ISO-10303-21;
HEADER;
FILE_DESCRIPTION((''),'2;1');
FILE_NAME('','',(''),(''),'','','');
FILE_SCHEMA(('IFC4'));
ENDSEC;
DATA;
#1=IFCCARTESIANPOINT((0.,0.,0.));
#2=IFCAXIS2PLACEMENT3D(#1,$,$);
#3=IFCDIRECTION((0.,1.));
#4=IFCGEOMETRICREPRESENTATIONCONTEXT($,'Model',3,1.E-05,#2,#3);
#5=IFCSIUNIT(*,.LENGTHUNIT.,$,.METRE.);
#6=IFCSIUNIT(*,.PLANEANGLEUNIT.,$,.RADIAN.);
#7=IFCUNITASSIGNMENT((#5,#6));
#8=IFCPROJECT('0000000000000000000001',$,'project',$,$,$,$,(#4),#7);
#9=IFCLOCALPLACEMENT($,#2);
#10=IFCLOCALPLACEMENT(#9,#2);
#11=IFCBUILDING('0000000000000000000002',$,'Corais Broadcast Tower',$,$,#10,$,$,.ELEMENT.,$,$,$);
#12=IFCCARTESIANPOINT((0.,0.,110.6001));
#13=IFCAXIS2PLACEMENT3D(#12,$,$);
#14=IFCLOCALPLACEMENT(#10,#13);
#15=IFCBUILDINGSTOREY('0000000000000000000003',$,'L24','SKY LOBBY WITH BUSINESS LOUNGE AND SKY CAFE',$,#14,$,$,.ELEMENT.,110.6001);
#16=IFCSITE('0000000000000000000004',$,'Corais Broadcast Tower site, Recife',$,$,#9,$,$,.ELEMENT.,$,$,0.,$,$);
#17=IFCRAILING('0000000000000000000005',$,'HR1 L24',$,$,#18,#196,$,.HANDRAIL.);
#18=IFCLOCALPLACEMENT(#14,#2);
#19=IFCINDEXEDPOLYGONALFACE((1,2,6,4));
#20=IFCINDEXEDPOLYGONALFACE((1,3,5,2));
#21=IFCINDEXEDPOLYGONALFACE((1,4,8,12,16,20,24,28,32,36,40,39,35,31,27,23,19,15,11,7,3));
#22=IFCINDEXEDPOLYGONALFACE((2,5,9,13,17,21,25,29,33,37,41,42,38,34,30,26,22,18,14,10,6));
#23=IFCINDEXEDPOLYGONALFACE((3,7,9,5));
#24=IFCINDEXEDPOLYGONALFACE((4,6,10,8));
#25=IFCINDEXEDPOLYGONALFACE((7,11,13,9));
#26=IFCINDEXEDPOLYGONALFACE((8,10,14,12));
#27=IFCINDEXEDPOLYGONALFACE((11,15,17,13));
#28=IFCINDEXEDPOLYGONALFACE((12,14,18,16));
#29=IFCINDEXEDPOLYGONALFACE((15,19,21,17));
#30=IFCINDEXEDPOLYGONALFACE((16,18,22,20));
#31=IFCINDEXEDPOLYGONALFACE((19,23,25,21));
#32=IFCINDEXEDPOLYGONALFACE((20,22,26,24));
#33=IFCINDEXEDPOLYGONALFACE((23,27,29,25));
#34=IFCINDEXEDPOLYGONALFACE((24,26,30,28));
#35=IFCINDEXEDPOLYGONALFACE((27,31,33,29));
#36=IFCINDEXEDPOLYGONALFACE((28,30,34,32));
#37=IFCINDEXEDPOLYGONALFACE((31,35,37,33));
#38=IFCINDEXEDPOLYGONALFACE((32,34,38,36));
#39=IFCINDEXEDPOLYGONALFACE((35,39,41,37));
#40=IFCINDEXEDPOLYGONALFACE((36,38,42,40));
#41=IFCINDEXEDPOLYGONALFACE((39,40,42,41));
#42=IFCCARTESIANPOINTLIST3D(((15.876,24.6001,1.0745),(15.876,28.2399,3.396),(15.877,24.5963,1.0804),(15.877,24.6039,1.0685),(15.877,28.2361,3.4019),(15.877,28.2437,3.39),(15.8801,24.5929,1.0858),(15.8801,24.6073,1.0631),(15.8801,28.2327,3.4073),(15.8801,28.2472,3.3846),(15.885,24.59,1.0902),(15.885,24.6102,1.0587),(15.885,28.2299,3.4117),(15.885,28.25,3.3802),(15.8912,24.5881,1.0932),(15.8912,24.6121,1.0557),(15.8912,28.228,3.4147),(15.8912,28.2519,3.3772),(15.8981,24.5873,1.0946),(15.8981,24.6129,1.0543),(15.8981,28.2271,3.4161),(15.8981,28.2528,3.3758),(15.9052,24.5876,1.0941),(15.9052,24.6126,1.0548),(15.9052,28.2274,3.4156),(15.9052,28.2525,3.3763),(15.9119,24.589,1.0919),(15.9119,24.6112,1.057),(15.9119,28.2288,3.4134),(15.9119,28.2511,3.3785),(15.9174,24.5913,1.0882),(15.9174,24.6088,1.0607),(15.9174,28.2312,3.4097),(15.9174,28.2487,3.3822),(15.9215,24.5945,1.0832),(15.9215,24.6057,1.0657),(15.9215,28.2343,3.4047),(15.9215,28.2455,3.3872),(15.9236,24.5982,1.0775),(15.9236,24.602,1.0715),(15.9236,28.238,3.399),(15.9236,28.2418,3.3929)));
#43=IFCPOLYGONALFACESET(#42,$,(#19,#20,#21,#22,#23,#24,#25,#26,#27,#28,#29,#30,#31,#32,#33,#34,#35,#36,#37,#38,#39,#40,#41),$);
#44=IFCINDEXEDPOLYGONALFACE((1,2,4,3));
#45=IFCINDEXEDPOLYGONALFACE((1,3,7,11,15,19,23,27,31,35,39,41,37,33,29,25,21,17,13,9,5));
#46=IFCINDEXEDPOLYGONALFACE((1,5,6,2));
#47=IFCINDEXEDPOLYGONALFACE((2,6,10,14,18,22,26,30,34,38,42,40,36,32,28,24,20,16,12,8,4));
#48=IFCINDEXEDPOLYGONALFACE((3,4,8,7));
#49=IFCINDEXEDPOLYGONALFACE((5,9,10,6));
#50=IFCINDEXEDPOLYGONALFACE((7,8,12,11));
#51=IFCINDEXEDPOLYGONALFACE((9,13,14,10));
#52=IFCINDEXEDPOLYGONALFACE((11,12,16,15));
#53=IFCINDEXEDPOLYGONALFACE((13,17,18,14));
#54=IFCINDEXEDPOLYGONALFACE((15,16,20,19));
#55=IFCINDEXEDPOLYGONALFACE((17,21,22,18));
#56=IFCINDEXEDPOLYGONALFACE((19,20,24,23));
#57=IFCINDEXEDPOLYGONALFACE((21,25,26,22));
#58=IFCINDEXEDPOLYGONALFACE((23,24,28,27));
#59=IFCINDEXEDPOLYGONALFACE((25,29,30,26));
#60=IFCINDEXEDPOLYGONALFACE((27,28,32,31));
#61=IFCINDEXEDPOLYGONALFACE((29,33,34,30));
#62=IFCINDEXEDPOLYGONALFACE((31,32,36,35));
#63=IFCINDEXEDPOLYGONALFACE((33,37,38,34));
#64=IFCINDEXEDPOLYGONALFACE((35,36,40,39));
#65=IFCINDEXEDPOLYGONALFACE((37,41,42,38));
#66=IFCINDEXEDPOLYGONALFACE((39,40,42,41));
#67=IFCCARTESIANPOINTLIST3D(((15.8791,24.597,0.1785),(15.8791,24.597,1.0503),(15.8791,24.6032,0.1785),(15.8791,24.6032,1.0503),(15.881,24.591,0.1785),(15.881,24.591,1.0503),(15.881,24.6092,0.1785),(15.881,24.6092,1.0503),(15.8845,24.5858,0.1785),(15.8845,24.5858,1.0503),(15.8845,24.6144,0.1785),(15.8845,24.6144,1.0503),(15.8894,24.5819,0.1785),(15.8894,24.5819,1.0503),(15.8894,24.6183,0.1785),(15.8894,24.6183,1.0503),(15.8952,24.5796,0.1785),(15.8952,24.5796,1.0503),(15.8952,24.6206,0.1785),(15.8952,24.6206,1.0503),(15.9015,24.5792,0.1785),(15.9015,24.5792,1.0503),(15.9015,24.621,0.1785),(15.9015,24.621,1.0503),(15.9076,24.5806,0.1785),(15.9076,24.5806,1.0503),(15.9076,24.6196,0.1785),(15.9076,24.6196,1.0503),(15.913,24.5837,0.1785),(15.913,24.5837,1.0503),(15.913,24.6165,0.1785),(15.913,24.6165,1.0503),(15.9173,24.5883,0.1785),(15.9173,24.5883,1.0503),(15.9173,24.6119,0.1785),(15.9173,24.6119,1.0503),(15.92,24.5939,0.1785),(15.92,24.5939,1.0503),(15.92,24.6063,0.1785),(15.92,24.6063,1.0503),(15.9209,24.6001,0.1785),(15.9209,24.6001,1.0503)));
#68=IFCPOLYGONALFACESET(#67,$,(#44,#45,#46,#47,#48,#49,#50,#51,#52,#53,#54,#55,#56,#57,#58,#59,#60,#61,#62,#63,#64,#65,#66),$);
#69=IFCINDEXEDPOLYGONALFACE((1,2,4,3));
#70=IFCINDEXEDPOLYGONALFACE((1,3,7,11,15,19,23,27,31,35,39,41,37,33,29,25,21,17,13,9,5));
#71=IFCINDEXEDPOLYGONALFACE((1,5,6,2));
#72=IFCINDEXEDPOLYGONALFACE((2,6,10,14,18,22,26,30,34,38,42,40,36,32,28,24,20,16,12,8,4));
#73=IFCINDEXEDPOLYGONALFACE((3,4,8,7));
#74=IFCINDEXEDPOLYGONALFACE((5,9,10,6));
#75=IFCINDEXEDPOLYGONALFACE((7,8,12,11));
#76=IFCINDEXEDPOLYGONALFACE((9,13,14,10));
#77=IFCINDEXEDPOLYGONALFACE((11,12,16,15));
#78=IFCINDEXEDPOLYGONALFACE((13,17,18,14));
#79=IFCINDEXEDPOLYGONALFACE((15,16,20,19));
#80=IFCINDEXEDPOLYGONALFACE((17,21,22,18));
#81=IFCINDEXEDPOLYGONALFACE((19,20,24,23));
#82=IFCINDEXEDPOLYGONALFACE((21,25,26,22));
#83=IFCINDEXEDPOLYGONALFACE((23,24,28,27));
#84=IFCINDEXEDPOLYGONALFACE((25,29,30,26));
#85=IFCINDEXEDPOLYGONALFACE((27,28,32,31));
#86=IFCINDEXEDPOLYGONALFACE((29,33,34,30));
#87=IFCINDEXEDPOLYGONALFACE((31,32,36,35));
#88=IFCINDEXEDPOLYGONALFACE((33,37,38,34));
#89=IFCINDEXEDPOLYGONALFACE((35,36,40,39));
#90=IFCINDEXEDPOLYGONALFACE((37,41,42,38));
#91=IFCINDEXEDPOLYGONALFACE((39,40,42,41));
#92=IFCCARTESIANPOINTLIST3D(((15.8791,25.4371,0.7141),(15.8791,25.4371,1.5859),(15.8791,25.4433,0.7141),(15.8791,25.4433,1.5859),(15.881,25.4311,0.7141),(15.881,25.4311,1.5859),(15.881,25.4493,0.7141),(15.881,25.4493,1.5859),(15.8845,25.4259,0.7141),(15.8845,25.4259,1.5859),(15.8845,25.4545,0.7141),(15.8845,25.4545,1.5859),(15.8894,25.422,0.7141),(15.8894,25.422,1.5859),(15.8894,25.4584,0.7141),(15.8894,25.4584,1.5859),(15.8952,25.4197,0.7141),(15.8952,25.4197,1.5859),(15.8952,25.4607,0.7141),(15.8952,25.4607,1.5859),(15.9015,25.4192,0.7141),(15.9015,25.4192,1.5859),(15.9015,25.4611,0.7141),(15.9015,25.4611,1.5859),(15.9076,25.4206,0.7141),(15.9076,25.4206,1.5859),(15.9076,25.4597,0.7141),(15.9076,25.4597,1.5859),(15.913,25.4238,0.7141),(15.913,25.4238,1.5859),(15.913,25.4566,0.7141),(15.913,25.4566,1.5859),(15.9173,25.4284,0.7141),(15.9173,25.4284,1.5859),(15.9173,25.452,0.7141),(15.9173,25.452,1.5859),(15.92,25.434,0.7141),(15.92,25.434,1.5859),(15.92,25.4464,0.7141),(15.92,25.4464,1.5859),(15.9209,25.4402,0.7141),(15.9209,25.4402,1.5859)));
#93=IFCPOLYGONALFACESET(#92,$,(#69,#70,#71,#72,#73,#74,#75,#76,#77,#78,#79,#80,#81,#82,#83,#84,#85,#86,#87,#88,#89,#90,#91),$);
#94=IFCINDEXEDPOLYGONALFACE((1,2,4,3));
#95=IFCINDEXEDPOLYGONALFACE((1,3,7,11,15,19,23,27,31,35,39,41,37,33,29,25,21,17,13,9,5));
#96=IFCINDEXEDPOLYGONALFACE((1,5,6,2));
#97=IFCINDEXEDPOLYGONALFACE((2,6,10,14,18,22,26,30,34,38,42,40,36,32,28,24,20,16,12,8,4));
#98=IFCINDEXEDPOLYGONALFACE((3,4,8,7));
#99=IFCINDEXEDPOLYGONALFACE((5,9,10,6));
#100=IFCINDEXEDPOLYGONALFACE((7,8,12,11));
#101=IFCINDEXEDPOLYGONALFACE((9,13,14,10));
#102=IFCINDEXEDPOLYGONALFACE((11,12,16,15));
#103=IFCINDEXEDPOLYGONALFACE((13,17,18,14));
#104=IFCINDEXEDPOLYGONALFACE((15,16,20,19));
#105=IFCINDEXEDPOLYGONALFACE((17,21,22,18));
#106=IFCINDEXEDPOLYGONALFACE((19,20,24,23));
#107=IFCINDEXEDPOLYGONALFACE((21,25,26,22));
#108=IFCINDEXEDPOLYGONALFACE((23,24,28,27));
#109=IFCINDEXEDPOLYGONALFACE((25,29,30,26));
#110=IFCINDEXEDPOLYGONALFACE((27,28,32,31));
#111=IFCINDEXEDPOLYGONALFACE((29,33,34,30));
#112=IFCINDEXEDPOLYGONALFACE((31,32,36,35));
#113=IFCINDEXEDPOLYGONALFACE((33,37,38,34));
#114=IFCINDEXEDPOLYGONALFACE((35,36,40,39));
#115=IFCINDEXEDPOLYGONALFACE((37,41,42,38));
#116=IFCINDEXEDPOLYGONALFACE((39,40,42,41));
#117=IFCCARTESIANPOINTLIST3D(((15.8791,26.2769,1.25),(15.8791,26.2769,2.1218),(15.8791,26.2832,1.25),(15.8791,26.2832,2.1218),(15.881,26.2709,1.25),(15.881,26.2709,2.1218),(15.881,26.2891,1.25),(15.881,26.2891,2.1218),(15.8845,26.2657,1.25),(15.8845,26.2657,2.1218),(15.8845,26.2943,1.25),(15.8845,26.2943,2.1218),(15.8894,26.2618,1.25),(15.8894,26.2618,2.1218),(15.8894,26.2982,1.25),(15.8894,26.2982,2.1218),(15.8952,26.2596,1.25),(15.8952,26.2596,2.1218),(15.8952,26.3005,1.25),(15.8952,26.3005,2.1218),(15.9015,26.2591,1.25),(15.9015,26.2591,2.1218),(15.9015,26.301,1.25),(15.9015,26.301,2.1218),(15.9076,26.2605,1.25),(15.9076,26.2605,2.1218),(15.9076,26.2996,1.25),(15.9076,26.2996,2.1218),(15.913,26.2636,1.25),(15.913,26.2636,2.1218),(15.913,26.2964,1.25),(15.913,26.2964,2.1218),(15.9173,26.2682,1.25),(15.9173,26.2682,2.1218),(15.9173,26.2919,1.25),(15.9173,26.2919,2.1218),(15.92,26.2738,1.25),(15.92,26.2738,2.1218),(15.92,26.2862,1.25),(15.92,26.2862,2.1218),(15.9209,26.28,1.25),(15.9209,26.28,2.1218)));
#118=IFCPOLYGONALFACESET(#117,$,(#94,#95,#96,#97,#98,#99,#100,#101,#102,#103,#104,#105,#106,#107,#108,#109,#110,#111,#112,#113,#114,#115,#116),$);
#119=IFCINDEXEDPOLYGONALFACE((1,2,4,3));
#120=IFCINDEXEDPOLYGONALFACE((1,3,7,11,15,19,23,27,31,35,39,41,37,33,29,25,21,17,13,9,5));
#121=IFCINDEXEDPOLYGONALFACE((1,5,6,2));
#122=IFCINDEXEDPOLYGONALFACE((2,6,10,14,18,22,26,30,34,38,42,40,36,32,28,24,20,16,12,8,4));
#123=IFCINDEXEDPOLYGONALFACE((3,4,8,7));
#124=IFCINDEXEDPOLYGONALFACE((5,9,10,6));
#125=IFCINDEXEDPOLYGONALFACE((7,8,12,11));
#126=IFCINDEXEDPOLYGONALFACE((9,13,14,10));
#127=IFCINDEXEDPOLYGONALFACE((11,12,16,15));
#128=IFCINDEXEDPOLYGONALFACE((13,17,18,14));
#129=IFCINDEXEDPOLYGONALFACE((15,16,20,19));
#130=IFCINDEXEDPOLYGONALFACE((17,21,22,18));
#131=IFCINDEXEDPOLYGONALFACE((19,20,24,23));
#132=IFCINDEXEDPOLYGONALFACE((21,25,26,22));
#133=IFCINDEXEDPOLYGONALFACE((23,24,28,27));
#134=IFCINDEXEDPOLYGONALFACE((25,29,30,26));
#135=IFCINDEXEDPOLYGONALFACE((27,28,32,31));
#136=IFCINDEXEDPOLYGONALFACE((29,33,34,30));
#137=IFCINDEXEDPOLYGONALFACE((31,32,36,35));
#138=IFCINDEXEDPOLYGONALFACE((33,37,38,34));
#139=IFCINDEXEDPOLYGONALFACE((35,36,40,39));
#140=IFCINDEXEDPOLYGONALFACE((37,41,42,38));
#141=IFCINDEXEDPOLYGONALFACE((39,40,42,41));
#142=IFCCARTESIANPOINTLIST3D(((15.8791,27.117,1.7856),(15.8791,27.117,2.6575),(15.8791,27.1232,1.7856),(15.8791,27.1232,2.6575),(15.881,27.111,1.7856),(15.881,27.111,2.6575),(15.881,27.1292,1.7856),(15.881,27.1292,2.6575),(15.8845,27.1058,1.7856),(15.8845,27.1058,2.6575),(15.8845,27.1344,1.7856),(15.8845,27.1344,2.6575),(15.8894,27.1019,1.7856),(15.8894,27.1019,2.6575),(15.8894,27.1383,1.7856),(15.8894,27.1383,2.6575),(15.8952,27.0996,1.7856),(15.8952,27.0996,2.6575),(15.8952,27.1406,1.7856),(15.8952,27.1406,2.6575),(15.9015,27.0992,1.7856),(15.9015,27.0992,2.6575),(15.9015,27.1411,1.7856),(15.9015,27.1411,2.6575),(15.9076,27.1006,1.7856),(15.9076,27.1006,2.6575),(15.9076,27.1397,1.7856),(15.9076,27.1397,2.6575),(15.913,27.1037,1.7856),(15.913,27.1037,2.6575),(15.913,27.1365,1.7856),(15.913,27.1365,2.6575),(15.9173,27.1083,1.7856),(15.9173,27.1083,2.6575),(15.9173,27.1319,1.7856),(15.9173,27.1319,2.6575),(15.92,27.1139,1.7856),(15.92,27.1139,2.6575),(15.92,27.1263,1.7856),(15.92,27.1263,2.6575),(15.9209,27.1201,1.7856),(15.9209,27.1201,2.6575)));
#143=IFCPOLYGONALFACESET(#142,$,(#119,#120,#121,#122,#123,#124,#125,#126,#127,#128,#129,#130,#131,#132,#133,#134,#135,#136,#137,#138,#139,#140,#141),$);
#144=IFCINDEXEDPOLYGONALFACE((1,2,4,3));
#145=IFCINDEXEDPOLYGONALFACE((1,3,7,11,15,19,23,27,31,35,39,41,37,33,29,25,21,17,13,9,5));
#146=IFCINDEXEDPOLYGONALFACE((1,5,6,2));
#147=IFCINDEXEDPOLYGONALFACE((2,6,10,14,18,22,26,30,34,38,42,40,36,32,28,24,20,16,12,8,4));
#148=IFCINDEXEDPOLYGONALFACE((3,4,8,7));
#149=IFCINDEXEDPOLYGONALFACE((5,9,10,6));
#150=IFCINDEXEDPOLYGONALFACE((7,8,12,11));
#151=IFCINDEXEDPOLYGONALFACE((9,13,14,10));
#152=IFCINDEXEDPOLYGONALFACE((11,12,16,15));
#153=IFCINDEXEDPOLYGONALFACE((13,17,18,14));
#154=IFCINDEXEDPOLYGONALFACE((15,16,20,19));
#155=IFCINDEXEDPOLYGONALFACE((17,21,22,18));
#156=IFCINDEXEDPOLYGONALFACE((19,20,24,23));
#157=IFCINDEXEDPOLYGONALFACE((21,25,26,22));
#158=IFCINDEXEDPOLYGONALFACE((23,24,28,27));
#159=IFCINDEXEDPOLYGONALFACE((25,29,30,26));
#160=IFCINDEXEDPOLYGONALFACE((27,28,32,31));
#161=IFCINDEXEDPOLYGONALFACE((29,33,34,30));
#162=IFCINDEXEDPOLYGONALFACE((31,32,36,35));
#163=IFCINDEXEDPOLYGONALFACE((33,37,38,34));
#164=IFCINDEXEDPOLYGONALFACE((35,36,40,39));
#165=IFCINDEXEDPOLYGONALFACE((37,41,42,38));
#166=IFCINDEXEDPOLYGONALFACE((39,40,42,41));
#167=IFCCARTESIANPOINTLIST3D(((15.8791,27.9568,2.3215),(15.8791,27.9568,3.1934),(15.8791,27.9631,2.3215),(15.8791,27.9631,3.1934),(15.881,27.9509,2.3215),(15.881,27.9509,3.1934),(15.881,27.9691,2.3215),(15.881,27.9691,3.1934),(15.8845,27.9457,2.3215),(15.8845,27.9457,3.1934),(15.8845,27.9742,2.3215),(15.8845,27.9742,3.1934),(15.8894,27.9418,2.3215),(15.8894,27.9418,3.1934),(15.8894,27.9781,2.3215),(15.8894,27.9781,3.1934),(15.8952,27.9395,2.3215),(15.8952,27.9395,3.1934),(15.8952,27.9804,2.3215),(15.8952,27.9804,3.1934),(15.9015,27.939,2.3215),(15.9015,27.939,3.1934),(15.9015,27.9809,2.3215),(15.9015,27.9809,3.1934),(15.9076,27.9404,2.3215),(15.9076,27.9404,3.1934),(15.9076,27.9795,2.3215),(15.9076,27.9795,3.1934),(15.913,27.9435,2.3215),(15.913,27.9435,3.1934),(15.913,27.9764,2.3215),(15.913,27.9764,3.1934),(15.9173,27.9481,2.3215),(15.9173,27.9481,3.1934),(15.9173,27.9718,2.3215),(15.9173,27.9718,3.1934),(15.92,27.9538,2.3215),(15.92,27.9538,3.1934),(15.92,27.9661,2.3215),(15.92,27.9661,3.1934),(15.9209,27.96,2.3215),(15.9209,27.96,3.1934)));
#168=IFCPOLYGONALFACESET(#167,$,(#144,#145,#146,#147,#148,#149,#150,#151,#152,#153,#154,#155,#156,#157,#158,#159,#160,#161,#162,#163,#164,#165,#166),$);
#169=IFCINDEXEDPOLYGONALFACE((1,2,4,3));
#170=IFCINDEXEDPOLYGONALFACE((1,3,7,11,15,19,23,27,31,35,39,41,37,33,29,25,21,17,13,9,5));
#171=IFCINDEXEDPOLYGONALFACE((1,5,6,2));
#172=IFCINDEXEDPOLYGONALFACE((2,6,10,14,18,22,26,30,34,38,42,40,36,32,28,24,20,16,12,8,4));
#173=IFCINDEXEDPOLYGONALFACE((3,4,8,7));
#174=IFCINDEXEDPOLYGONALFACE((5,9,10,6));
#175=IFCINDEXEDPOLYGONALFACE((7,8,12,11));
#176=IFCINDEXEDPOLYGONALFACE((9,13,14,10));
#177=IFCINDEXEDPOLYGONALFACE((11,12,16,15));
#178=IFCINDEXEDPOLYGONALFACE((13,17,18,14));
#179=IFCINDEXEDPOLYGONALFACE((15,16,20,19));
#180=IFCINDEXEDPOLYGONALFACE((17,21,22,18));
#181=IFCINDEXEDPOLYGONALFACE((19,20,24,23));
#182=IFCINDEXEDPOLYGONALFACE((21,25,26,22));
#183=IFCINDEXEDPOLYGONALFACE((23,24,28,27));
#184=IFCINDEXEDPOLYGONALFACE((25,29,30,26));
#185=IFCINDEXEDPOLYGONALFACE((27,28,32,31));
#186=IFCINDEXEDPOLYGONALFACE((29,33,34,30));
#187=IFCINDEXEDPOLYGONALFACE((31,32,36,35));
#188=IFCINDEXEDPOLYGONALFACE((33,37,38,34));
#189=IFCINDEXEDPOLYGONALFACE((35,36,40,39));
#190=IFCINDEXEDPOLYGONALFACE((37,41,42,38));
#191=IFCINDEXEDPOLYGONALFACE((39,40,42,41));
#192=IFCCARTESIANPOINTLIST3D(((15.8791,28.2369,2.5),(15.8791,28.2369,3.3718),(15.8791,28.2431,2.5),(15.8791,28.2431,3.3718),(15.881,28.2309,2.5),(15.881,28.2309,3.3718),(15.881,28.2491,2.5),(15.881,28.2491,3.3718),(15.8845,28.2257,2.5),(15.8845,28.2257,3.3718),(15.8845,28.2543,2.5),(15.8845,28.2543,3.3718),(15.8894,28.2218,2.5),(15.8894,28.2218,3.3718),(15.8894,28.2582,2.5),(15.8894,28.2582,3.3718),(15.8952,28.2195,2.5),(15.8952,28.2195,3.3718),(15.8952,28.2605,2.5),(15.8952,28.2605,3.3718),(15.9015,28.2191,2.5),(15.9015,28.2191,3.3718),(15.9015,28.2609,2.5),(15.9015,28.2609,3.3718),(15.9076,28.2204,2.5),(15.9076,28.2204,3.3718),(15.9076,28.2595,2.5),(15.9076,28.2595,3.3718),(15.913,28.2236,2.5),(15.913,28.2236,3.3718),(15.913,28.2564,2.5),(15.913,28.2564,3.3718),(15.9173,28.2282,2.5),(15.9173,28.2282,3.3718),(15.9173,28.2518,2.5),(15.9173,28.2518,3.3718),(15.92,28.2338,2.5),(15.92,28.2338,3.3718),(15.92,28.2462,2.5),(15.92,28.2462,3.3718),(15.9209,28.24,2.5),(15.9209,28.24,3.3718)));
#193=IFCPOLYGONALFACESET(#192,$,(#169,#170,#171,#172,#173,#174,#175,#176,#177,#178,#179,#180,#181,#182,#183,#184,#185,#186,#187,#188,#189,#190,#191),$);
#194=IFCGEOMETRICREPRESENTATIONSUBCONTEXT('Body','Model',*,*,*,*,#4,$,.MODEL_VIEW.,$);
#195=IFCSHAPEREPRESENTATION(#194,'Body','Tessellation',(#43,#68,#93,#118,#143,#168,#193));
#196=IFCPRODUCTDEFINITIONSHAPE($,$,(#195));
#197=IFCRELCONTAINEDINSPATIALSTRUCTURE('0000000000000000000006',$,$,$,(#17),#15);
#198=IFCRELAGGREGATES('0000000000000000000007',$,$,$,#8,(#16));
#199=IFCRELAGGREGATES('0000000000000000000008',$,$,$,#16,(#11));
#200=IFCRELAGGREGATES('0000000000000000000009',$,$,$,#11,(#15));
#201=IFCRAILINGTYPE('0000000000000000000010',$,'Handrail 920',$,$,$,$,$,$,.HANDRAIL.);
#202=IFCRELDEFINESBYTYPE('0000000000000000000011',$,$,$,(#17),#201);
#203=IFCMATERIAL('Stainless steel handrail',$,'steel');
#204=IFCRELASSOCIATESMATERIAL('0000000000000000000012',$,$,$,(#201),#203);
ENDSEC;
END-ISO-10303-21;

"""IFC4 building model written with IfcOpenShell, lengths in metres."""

from ifc_helpers import new_model, si_unit, direction, frame, origin, origin_2d, place, context, subcontext, project, spatial, circle, extrude, material, type_object, element, save


model = new_model("IFC4")

# Units and contexts
model_context = context("Model", 3, precision=1e-05, world=origin(), true_north=direction((0.0, 1.0)))
body_context = subcontext(model_context, "Body", "Model", "MODEL_VIEW")
ifc_project = project(units=[si_unit("LENGTHUNIT", "METRE"), si_unit("PLANEANGLEUNIT", "RADIAN")], contexts=[model_context])

# Site, building, storey
site_placement = place(None, origin())
site = spatial("IfcSite", under=ifc_project, at=site_placement, Name="Corais Broadcast Tower site, Recife", CompositionType="ELEMENT", RefElevation=0.0)
building_placement = place(site_placement, origin())
building = spatial("IfcBuilding", under=site, at=building_placement, Name="Corais Broadcast Tower", CompositionType="ELEMENT")
storey_placement = place(building_placement, frame((0.0, 0.0, 110.6001)))
storey = spatial("IfcBuildingStorey", under=building, at=storey_placement, Name="L24", Description="SKY LOBBY WITH BUSINESS LOUNGE AND SKY CAFE", CompositionType="ELEMENT", Elevation=110.6001)

# Railing
ifc_material_1 = material(Name="Stainless steel handrail", Category="steel")
railing_type = type_object("IfcRailingType", Name="Handrail 920", PredefinedType="HANDRAIL", material=ifc_material_1)
for number, where, name in (
    (1, (15.8999, 24.6001, 0.1785), "HR1 L24"),
):
    element("IfcRailing", number, at=place(storey_placement, frame(where)), inside=storey, type_object=railing_type, Name=name, PredefinedType="HANDRAIL", context=body_context, shape_type="SweptSolid", body=[
        extrude(circle(Radius=0.0239, at=origin_2d()), frame((0.0, 0.0, 0.896), z_axis=(0.0, 0.843112, 0.537739), x_axis=(-1.0, 0.0, 0.0)), (0.0, 0.0, 1.0), 4.3171),
        extrude(circle(Radius=0.021, at=origin_2d()), origin(), (0.0, 0.0, 1.0), 0.8718),
        extrude(circle(Radius=0.021, at=origin_2d()), frame((0.0, 0.8401, 0.5356)), (0.0, 0.0, 1.0), 0.8718),
        extrude(circle(Radius=0.021, at=origin_2d()), frame((0.0, 1.6799, 1.0715)), (0.0, 0.0, 1.0), 0.8718),
        extrude(circle(Radius=0.021, at=origin_2d()), frame((0.0, 2.52, 1.6072)), (0.0, 0.0, 1.0), 0.8718),
        extrude(circle(Radius=0.021, at=origin_2d()), frame((0.0, 3.3599, 2.1431)), (0.0, 0.0, 1.0), 0.8718),
        extrude(circle(Radius=0.021, at=origin_2d()), frame((0.0, 3.6399, 2.3215)), (0.0, 0.0, 1.0), 0.8718),
    ])

save(model, "model.ifc")
